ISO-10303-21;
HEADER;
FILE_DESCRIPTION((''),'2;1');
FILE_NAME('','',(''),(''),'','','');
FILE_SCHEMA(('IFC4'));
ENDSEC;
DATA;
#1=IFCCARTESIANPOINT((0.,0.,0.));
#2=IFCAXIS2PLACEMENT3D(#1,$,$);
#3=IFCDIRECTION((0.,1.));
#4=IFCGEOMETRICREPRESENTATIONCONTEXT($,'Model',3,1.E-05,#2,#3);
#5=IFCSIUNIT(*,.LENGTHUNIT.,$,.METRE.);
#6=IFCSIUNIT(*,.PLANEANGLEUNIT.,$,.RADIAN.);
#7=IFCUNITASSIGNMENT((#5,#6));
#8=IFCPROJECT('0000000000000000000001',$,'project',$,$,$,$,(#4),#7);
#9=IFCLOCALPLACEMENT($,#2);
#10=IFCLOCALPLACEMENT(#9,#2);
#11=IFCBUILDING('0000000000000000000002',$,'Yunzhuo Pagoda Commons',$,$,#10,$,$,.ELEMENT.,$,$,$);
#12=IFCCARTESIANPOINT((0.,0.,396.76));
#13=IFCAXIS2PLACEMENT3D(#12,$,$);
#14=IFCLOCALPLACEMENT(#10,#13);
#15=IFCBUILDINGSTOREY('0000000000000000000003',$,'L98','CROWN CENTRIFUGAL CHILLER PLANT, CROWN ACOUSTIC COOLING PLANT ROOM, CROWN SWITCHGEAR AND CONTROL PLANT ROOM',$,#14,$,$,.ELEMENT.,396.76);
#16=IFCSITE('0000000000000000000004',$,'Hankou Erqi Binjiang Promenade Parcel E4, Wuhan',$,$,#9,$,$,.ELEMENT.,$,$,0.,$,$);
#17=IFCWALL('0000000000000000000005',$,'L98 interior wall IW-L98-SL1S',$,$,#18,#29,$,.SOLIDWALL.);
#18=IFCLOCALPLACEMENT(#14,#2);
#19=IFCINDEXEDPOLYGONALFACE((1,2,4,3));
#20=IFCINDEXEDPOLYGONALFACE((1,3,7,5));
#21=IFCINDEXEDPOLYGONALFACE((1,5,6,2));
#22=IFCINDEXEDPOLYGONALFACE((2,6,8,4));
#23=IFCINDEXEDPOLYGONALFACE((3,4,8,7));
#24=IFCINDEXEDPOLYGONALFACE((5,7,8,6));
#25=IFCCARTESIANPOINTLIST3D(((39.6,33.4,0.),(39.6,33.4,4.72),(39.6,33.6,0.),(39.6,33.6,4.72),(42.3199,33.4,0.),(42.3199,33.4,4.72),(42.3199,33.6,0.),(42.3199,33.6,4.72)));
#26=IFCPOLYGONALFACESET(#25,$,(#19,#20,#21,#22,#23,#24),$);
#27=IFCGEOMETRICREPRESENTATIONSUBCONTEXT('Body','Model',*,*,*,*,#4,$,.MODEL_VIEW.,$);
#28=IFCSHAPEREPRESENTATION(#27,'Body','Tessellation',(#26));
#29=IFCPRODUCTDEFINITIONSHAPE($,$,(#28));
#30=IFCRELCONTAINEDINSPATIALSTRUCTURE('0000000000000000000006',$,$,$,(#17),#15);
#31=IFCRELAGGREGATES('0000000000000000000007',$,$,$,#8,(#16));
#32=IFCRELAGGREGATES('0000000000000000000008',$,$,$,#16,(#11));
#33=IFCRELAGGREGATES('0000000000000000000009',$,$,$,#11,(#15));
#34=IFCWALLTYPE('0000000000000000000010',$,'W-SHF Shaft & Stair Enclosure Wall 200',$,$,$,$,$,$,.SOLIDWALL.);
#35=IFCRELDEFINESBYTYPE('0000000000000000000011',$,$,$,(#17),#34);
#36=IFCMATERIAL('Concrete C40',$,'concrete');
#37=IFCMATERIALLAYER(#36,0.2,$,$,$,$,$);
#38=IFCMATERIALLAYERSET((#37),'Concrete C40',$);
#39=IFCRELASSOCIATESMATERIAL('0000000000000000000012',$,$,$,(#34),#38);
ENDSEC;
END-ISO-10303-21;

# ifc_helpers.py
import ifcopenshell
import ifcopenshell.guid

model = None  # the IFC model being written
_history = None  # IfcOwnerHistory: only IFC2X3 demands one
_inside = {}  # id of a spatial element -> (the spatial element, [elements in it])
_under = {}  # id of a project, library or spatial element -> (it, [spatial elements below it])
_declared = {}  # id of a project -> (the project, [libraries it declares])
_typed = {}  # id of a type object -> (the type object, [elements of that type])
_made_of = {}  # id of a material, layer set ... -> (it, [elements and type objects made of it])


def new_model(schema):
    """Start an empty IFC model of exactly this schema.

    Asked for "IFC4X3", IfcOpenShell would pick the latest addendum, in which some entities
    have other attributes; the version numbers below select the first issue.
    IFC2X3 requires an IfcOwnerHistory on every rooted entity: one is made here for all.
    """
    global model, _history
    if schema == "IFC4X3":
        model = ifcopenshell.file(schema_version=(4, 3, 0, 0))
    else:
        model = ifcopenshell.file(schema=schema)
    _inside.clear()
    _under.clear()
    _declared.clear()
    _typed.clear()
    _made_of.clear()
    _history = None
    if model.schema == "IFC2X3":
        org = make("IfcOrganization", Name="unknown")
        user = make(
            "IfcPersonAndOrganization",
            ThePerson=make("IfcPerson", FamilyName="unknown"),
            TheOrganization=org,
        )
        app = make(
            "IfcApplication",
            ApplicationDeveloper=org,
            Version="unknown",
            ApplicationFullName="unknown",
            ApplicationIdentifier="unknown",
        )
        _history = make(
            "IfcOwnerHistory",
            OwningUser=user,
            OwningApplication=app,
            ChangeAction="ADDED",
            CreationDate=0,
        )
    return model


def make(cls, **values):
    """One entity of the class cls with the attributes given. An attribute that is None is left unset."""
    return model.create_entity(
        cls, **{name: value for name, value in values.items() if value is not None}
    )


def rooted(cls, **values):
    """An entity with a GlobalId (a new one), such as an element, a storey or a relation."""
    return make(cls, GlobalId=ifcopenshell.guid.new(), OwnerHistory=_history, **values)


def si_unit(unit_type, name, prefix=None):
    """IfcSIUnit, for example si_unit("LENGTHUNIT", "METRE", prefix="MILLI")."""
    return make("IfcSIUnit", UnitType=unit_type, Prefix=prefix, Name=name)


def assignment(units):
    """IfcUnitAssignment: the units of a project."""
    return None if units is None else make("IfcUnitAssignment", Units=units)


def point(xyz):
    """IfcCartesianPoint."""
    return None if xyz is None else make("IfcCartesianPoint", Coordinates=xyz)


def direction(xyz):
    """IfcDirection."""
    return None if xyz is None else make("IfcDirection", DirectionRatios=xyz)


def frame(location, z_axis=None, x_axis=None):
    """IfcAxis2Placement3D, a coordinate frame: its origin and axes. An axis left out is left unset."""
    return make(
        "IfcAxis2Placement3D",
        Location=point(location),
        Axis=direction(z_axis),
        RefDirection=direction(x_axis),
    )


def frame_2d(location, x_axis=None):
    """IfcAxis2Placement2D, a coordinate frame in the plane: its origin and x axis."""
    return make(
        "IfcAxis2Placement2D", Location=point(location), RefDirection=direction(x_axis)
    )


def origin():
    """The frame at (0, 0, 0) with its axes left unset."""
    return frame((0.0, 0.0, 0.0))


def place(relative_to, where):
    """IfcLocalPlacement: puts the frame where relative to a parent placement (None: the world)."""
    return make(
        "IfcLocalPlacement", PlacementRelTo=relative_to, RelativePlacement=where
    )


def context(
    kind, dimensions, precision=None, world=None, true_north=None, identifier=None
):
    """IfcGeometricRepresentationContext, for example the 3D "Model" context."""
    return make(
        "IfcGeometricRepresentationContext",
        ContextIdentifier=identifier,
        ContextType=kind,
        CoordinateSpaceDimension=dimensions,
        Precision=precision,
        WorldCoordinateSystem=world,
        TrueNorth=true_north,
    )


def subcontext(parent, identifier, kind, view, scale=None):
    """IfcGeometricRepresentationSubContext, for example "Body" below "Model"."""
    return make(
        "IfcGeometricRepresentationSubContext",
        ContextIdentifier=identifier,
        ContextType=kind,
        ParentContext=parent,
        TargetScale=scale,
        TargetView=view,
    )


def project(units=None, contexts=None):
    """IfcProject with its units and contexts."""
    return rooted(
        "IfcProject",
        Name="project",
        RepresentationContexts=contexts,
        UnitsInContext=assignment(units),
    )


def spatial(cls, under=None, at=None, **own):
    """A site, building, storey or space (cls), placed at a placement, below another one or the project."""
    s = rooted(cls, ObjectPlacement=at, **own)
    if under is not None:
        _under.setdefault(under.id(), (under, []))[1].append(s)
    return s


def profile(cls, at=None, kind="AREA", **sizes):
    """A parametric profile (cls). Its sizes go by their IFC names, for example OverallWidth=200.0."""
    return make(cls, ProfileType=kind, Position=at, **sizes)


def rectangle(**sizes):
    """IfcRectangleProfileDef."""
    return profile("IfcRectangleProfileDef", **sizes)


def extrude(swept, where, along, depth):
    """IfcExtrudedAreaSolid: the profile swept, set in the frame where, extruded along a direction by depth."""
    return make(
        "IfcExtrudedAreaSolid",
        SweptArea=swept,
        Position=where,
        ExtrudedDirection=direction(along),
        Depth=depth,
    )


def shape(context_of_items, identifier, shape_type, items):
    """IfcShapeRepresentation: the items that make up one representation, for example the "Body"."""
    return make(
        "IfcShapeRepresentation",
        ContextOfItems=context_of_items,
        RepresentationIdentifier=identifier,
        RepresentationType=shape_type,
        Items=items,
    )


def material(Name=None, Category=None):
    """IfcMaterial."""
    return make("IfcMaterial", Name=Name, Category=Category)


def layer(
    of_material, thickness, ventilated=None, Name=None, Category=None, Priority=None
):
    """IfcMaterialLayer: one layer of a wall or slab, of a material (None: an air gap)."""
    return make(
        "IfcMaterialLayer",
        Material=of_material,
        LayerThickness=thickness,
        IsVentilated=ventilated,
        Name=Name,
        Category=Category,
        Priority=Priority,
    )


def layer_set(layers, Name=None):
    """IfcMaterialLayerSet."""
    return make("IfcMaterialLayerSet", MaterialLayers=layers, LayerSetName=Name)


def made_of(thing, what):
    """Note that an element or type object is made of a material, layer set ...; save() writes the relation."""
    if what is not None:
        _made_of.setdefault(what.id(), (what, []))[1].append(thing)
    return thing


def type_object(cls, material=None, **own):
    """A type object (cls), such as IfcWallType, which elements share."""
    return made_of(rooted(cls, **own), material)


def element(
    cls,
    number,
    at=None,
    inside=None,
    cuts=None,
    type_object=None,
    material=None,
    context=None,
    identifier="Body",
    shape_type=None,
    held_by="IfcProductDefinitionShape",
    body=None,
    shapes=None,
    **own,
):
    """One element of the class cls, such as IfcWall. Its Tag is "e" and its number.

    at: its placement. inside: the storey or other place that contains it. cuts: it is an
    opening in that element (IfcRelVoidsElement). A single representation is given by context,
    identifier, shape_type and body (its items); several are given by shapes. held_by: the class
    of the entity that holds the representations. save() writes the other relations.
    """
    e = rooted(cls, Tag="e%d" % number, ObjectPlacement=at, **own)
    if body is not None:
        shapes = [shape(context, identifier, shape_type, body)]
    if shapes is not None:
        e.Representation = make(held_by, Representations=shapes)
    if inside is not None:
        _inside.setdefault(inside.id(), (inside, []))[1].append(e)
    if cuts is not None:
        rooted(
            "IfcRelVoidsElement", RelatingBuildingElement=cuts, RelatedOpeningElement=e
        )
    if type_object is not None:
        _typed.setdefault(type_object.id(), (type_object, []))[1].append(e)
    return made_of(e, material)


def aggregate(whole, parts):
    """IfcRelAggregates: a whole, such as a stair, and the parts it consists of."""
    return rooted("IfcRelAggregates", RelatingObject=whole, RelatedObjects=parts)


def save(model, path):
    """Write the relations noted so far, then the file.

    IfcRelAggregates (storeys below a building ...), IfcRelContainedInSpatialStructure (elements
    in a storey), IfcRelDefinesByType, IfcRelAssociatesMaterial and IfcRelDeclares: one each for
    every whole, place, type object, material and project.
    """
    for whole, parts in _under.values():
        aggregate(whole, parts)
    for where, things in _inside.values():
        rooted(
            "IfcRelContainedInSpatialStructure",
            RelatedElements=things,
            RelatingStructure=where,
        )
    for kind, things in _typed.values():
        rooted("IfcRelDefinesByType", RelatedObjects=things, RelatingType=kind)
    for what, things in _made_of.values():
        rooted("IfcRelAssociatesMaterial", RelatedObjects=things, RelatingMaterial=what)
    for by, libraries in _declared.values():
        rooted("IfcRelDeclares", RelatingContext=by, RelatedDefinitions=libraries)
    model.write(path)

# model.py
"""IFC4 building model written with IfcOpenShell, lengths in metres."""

from ifc_helpers import new_model, si_unit, direction, frame, frame_2d, origin, place, context, subcontext, project, spatial, rectangle, extrude, material, layer, layer_set, type_object, element, save


model = new_model("IFC4")

# Units and contexts
model_context = context("Model", 3, precision=1e-05, world=origin(), true_north=direction((0.0, 1.0)))
body_context = subcontext(model_context, "Body", "Model", "MODEL_VIEW")
ifc_project = project(units=[si_unit("LENGTHUNIT", "METRE"), si_unit("PLANEANGLEUNIT", "RADIAN")], contexts=[model_context])

# Site, building, storey
site_placement = place(None, origin())
site = spatial("IfcSite", under=ifc_project, at=site_placement, Name="Hankou Erqi Binjiang Promenade Parcel E4, Wuhan", CompositionType="ELEMENT", RefElevation=0.0)
building_placement = place(site_placement, origin())
building = spatial("IfcBuilding", under=site, at=building_placement, Name="Yunzhuo Pagoda Commons", CompositionType="ELEMENT")
storey_placement = place(building_placement, frame((0.0, 0.0, 396.76)))
storey = spatial("IfcBuildingStorey", under=building, at=storey_placement, Name="L98", Description="CROWN CENTRIFUGAL CHILLER PLANT, CROWN ACOUSTIC COOLING PLANT ROOM, CROWN SWITCHGEAR AND CONTROL PLANT ROOM", CompositionType="ELEMENT", Elevation=396.76)

# Wall
ifc_material_1 = material(Name="Concrete C40", Category="concrete")
ifc_layer_1 = layer(ifc_material_1, 0.2)
ifc_layer_set_1 = layer_set([ifc_layer_1], Name="Concrete C40")
wall_type_1 = type_object("IfcWallType", Name="W-SHF Shaft & Stair Enclosure Wall 200", PredefinedType="SOLIDWALL", material=ifc_layer_set_1)
wall_1_placement = place(storey_placement, frame((39.6001, 33.5, 0.0), z_axis=(0.0, 0.0, 1.0), x_axis=(1.0, 0.0, 0.0)))
element("IfcWall", 1, at=wall_1_placement, inside=storey, type_object=wall_type_1, Name="L98 interior wall IW-L98-SL1S", PredefinedType="SOLIDWALL", context=body_context, shape_type="SweptSolid", body=[
    extrude(rectangle(XDim=2.72, YDim=0.2, at=frame_2d((1.3599, 0.0))), origin(), (0.0, 0.0, 1.0), 4.72),
])

save(model, "model.ifc")
